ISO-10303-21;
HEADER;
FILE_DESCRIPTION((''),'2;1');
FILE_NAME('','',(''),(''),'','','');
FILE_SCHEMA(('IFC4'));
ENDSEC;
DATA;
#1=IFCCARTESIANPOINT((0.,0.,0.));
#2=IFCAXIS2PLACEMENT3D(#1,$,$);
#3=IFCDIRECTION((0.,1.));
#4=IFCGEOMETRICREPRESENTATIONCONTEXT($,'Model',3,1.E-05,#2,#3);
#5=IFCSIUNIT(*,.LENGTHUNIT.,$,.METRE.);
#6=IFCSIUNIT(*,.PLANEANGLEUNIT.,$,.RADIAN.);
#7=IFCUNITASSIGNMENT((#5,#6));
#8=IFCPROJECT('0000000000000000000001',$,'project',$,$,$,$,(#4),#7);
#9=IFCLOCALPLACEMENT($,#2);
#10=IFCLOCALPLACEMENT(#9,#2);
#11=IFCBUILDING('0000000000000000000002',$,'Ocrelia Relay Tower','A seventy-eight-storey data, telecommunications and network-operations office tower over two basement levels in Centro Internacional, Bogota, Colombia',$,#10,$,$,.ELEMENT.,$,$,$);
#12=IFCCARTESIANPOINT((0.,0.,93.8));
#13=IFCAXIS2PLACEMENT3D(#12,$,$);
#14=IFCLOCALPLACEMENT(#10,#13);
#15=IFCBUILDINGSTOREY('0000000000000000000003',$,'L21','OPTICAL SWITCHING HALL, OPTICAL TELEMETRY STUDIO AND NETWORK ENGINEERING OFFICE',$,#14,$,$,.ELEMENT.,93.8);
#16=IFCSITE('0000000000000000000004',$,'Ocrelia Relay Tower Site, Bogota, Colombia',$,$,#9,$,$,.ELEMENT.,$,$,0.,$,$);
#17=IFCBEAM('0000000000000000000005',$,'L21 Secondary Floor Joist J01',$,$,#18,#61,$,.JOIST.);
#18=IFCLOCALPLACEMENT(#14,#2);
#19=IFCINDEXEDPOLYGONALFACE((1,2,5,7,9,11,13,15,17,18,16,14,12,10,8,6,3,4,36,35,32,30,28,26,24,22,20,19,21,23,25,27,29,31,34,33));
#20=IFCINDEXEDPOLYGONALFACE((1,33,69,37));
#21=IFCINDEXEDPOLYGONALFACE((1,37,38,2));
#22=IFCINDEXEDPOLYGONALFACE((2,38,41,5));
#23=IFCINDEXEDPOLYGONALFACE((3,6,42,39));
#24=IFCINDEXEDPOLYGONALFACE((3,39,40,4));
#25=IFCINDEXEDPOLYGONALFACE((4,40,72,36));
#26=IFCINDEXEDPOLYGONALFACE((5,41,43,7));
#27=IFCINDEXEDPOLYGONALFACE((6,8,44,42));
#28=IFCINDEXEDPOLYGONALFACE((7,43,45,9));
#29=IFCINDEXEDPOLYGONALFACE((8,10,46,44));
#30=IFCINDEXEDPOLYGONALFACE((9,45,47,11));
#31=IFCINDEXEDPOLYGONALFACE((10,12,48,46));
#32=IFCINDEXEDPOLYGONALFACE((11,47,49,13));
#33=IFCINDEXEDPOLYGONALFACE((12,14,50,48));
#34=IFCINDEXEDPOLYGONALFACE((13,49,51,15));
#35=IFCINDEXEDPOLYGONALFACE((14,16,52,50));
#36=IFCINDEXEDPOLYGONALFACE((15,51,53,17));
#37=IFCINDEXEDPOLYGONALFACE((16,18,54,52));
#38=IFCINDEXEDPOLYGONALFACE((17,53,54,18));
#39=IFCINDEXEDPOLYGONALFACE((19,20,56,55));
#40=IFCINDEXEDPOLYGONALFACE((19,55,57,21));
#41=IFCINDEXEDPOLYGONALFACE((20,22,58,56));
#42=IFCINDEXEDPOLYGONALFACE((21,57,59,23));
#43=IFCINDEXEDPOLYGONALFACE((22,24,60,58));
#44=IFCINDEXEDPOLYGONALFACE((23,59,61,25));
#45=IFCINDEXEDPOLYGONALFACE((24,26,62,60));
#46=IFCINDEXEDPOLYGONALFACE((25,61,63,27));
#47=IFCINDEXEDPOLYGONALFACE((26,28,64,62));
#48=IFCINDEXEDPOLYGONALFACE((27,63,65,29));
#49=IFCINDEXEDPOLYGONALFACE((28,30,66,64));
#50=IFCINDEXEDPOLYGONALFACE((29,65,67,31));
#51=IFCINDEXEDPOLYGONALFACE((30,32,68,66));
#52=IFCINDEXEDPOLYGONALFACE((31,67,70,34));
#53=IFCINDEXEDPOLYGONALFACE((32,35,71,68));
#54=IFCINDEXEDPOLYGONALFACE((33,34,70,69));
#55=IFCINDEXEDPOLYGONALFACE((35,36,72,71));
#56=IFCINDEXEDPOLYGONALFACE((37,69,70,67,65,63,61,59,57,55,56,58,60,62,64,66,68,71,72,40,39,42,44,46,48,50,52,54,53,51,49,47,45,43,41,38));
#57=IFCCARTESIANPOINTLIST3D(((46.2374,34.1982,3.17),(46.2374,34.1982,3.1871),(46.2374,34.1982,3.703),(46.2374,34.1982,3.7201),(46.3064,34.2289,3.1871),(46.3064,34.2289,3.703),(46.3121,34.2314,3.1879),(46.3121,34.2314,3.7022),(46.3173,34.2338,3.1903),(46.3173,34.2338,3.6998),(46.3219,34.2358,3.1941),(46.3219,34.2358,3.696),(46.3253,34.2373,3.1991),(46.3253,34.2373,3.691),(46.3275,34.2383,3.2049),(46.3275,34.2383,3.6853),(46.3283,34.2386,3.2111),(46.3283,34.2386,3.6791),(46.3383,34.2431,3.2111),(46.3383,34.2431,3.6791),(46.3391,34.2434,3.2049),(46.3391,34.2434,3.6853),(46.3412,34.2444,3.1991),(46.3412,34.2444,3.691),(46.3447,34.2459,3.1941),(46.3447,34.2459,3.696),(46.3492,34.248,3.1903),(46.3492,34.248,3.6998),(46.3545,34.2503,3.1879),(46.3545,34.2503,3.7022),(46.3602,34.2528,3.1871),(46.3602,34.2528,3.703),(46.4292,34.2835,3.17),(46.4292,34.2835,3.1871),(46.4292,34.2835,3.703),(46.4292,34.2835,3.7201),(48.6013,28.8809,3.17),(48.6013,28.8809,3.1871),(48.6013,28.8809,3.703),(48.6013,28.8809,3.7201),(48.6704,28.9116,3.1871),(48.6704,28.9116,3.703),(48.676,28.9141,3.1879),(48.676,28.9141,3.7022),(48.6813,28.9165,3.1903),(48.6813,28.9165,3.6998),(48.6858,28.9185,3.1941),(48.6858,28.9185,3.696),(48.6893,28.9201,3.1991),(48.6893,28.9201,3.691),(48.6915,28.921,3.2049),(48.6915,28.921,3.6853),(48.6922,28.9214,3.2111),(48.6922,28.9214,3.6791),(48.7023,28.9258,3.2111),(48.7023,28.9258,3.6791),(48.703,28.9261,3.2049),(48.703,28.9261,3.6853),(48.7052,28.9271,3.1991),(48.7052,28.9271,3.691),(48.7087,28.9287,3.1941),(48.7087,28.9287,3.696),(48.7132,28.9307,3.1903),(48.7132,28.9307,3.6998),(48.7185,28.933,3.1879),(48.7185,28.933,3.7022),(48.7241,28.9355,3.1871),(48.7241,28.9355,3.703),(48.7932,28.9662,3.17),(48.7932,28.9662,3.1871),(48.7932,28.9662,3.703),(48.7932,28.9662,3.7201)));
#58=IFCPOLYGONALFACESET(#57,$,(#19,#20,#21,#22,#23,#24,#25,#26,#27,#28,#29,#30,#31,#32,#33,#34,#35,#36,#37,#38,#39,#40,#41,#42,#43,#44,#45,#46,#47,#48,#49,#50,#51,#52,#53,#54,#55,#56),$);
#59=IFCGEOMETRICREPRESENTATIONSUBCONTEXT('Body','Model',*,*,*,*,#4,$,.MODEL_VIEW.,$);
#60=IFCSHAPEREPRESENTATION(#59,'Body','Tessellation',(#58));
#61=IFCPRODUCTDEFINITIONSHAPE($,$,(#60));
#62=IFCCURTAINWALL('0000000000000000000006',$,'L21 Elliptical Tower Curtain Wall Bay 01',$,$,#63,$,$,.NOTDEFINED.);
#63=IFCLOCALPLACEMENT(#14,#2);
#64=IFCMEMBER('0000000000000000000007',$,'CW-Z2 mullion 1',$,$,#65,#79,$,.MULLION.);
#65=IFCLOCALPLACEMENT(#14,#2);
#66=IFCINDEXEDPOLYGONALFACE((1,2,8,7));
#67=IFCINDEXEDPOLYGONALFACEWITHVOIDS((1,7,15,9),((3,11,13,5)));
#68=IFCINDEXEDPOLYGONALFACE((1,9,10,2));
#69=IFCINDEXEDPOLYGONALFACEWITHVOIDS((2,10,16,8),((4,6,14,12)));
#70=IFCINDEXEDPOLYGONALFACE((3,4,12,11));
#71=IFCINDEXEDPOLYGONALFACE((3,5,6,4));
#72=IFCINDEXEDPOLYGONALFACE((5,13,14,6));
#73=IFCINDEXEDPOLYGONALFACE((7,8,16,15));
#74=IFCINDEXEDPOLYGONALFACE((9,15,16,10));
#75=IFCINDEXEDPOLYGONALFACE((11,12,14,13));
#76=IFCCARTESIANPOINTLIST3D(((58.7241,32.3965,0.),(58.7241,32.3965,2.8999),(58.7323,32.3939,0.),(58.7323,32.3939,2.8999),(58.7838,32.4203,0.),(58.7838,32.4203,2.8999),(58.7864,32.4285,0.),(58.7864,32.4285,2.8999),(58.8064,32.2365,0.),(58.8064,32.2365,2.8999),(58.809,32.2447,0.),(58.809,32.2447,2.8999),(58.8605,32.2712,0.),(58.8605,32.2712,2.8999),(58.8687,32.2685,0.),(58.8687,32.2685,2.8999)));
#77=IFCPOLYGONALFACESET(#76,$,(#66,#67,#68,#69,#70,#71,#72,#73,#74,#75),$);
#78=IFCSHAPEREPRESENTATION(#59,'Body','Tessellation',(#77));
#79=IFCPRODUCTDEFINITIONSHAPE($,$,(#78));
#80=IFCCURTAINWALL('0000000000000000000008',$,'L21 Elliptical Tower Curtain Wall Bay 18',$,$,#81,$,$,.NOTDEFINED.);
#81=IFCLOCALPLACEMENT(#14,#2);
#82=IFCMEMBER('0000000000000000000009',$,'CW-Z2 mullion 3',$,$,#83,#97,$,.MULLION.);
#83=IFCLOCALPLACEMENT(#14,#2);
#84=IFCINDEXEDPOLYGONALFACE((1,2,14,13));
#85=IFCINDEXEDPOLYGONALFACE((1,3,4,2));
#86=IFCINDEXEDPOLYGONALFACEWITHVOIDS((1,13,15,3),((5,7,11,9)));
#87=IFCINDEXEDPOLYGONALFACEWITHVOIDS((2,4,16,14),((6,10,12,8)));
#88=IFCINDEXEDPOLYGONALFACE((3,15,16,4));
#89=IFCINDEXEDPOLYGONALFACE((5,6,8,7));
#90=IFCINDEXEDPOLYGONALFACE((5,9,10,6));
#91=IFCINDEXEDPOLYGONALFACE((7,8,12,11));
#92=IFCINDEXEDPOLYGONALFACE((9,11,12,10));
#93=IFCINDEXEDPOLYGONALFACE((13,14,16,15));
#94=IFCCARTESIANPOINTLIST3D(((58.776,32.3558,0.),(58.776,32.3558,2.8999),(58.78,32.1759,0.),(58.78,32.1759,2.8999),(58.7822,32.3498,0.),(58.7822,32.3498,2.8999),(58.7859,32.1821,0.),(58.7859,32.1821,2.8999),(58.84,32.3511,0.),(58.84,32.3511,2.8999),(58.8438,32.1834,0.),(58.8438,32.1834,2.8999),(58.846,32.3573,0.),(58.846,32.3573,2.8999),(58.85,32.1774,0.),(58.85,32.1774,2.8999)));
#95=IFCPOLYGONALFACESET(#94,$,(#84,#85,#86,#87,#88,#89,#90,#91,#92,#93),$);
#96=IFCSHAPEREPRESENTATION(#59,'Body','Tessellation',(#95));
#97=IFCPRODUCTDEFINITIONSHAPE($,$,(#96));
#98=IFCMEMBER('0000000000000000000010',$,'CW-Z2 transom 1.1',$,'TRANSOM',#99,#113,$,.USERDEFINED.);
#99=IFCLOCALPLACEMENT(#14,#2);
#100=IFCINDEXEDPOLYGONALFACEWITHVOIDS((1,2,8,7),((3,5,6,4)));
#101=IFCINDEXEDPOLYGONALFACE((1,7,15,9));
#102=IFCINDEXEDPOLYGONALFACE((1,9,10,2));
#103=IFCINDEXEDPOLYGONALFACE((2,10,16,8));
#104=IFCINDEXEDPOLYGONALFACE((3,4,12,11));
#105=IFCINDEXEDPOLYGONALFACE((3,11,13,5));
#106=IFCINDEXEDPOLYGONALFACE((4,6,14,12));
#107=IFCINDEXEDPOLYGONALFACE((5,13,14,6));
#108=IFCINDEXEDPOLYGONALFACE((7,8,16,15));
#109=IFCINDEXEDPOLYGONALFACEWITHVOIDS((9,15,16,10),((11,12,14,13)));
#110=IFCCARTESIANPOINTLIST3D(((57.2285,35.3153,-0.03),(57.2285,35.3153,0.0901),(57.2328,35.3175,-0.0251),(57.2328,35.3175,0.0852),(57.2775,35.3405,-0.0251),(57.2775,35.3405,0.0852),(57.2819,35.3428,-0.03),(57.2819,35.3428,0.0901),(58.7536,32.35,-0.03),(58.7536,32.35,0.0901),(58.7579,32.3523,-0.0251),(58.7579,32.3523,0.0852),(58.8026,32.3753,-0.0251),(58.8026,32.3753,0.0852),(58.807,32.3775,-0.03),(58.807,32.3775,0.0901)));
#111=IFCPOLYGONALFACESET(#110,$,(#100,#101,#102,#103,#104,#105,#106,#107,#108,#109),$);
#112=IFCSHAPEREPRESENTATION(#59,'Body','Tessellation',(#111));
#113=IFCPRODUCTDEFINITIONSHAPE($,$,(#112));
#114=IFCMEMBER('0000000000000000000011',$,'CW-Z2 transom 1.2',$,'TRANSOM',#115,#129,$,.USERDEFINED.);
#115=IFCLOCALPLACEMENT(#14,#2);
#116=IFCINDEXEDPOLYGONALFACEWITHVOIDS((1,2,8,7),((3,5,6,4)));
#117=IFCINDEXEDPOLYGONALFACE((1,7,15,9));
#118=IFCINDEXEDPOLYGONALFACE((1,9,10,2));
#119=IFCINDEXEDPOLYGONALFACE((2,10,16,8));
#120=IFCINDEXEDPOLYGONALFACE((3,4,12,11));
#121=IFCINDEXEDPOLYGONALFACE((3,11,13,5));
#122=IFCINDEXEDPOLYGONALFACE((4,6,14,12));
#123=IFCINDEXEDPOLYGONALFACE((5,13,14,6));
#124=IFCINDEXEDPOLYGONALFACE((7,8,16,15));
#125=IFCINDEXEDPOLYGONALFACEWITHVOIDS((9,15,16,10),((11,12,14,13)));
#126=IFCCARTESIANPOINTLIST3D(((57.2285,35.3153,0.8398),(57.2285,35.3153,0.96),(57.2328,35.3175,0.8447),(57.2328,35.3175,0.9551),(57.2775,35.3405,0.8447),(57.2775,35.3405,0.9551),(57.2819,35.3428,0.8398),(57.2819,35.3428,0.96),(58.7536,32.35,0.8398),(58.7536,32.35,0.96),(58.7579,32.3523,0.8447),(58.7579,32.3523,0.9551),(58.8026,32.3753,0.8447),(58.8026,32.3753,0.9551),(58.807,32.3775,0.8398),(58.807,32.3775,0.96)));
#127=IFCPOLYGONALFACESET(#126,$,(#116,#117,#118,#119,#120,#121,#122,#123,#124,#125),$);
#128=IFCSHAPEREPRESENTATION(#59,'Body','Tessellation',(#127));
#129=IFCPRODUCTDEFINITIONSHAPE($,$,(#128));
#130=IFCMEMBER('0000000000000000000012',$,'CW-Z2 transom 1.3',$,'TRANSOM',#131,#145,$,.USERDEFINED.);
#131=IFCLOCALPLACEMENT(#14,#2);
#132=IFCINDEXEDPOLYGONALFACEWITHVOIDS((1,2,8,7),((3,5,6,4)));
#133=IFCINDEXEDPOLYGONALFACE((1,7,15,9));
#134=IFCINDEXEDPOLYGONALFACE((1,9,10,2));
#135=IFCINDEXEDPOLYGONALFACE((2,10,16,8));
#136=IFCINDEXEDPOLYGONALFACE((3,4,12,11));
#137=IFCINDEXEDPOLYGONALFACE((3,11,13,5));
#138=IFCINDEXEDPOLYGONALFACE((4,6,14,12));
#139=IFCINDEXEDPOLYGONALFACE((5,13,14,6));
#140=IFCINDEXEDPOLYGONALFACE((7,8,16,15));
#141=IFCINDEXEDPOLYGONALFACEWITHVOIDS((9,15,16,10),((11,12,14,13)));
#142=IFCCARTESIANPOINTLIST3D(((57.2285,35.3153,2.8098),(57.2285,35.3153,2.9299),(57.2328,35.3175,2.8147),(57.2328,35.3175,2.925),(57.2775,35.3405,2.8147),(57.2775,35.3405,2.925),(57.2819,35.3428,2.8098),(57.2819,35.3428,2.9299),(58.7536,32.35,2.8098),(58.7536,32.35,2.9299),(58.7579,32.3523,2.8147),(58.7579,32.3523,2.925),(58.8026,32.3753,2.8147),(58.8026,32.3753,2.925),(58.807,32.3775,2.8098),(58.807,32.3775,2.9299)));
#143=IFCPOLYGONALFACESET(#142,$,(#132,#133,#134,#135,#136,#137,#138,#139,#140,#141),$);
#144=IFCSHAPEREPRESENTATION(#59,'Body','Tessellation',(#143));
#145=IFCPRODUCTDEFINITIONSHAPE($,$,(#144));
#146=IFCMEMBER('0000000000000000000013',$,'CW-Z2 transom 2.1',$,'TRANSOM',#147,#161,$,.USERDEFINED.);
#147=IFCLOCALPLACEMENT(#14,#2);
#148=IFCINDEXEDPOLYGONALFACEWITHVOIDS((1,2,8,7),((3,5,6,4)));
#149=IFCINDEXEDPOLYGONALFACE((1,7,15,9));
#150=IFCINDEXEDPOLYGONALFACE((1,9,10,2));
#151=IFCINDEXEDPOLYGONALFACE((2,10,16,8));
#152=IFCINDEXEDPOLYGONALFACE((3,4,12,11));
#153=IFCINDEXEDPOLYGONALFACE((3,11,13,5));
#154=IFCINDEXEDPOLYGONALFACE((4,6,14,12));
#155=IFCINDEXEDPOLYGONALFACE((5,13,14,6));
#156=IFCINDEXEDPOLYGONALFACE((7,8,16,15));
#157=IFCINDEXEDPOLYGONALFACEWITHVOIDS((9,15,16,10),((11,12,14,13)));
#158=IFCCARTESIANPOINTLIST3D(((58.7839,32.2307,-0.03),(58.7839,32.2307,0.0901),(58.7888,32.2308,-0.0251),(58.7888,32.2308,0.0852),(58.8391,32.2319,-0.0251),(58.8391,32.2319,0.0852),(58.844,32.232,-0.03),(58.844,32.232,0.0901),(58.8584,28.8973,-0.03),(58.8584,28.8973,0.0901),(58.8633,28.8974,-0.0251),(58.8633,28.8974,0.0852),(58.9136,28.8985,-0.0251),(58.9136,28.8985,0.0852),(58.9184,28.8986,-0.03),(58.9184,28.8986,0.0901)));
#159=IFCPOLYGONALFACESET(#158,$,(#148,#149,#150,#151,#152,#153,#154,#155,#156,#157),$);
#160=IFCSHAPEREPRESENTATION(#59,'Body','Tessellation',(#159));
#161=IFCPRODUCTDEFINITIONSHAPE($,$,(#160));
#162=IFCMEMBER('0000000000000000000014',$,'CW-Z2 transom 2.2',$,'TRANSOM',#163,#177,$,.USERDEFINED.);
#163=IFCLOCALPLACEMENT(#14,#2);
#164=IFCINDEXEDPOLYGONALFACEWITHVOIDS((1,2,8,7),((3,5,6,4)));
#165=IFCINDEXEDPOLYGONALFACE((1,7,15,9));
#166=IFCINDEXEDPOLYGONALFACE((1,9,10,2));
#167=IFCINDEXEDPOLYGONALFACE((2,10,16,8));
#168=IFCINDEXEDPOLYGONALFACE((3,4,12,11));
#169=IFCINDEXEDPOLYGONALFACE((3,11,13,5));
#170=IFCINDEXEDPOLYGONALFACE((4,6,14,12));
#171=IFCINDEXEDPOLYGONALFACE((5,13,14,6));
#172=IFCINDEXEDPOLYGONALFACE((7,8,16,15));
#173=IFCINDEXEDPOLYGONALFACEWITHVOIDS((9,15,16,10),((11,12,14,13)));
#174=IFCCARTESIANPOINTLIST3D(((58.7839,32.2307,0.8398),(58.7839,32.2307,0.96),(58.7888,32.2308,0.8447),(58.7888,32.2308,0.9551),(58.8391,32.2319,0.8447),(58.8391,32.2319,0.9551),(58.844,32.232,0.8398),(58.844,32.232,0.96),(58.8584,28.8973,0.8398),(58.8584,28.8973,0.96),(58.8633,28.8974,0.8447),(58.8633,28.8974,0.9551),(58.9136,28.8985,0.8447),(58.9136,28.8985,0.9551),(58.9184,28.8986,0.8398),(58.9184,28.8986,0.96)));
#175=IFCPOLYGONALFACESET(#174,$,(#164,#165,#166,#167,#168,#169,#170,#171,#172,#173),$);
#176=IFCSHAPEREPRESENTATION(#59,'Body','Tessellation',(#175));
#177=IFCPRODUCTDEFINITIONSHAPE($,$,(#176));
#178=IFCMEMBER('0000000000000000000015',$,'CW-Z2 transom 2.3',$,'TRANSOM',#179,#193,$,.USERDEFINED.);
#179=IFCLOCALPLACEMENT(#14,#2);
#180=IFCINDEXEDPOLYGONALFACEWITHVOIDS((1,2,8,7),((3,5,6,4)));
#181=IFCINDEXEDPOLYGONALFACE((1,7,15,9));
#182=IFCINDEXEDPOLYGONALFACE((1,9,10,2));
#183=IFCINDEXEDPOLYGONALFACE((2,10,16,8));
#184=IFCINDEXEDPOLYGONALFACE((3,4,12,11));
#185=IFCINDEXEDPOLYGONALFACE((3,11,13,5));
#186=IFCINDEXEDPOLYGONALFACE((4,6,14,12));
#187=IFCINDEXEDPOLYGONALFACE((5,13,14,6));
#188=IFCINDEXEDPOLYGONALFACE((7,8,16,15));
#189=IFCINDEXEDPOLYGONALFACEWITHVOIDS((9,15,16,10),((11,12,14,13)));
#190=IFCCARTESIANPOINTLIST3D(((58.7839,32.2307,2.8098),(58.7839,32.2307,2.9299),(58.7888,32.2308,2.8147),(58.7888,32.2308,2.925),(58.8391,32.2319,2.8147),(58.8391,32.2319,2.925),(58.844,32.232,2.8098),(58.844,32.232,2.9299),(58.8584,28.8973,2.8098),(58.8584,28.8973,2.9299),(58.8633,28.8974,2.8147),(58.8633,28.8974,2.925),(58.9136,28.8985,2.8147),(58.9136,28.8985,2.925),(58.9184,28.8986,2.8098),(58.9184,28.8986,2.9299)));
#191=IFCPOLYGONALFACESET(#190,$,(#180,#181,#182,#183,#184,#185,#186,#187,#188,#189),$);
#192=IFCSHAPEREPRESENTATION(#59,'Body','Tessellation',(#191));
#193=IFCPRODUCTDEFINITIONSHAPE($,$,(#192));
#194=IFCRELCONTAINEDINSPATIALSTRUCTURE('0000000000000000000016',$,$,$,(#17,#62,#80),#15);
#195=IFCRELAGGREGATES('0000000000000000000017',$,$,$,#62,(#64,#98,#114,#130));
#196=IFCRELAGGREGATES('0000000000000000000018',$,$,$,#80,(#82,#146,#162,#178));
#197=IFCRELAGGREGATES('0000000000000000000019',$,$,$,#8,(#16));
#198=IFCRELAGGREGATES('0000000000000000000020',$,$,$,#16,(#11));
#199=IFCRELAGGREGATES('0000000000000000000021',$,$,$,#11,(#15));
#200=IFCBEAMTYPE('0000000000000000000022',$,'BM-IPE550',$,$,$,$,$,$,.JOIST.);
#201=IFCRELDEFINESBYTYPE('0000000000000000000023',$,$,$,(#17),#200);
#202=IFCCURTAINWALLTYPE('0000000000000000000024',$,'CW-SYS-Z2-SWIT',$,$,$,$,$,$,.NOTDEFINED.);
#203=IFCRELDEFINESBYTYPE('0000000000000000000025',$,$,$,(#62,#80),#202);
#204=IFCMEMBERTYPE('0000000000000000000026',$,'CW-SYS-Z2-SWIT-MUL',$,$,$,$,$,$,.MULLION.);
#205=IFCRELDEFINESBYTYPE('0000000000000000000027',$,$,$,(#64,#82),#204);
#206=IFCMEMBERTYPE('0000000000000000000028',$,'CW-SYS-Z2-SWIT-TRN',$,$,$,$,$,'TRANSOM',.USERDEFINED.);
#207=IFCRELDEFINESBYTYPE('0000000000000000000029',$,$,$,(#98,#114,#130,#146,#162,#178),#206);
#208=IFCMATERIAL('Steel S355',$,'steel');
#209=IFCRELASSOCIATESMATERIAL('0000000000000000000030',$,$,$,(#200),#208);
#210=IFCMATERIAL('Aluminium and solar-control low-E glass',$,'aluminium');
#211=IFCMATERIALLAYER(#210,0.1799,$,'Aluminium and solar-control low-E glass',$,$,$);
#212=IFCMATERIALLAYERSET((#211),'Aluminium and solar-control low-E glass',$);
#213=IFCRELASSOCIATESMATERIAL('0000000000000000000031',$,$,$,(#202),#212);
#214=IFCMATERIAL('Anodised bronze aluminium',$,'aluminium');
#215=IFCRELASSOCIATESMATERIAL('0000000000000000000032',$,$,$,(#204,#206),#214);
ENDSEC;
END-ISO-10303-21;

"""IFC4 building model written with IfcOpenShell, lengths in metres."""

from ifc_helpers import new_model, si_unit, direction, frame, origin, origin_2d, place, context, subcontext, project, spatial, hollow_rectangle, i_section, extrude, material, layer, layer_set, material_profile, profile_set, type_object, element, aggregate, save


model = new_model("IFC4")

# Units and contexts
model_context = context("Model", 3, precision=1e-05, world=origin(), true_north=direction((0.0, 1.0)))
body_context = subcontext(model_context, "Body", "Model", "MODEL_VIEW")
ifc_project = project(units=[si_unit("LENGTHUNIT", "METRE"), si_unit("PLANEANGLEUNIT", "RADIAN")], contexts=[model_context])

# Site, building, storey
site_placement = place(None, origin())
site = spatial("IfcSite", under=ifc_project, at=site_placement, Name="Ocrelia Relay Tower Site, Bogota, Colombia", CompositionType="ELEMENT", RefElevation=0.0)
building_placement = place(site_placement, origin())
building = spatial("IfcBuilding", under=site, at=building_placement, Name="Ocrelia Relay Tower", Description="A seventy-eight-storey data, telecommunications and network-operations office tower over two basement levels in Centro Internacional, Bogota, Colombia", CompositionType="ELEMENT")
storey_placement = place(building_placement, frame((0.0, 0.0, 93.8)))
storey = spatial("IfcBuildingStorey", under=building, at=storey_placement, Name="L21", Description="OPTICAL SWITCHING HALL, OPTICAL TELEMETRY STUDIO AND NETWORK ENGINEERING OFFICE", CompositionType="ELEMENT", Elevation=93.8)

# Beam
ifc_material_1 = material(Name="Steel S355", Category="steel")
ifc_material_profile_1 = material_profile(ifc_material_1, i_section(OverallWidth=0.21, OverallDepth=0.55, WebThickness=0.011, FlangeThickness=0.0171, FilletRadius=0.0239, at=origin_2d()), Name="IPE 550")
ifc_profile_set_1 = profile_set([ifc_material_profile_1], Name="Steel S355")
beam_type_1 = type_object("IfcBeamType", Name="BM-IPE550", PredefinedType="JOIST", material=ifc_profile_set_1)
beam_1_placement = place(storey_placement, frame((48.6973, 28.9236, 3.4451), z_axis=(-0.406244, 0.913765, 0.0), x_axis=(-0.913765, -0.406244, 0.0)))
element("IfcBeam", 1, at=beam_1_placement, inside=storey, type_object=beam_type_1, Name="L21 Secondary Floor Joist J01", PredefinedType="JOIST", context=body_context, shape_type="SweptSolid", body=[
    extrude(i_section(OverallWidth=0.21, OverallDepth=0.55, WebThickness=0.011, FlangeThickness=0.0171, FilletRadius=0.0239, at=origin_2d()), origin(), (0.0, 0.0, 1.0), 5.8191),
])

# Curtain walls, members
ifc_material_2 = material(Name="Aluminium and solar-control low-E glass", Category="aluminium")
ifc_layer_1 = layer(ifc_material_2, 0.1799, Name="Aluminium and solar-control low-E glass")
ifc_layer_set_1 = layer_set([ifc_layer_1], Name="Aluminium and solar-control low-E glass")
curtain_wall_type = type_object("IfcCurtainWallType", Name="CW-SYS-Z2-SWIT", PredefinedType="NOTDEFINED", material=ifc_layer_set_1)
curtain_wall_1_placement = place(storey_placement, origin())
curtain_wall_1 = element("IfcCurtainWall", 2, at=curtain_wall_1_placement, inside=storey, type_object=curtain_wall_type, Name="L21 Elliptical Tower Curtain Wall Bay 01", PredefinedType="NOTDEFINED")
ifc_material_3 = material(Name="Anodised bronze aluminium", Category="aluminium")
ifc_material_profile_2 = material_profile(ifc_material_3, hollow_rectangle(XDim=0.0701, YDim=0.1799, WallThickness=0.0061, at=origin_2d()), Name="CW-MUL-180x70")
ifc_profile_set_2 = profile_set([ifc_material_profile_2], Name="Anodised bronze aluminium")
member_type_1 = type_object("IfcMemberType", Name="CW-SYS-Z2-SWIT-MUL", PredefinedType="MULLION", material=ifc_profile_set_2)
member_1_placement = place(storey_placement, frame((58.7964, 32.3325, 0.0), z_axis=(0.0, 0.0, 1.0), x_axis=(-0.889261, -0.457401, 0.0)))
member_1 = element("IfcMember", 3, at=member_1_placement, type_object=member_type_1, Name="CW-Z2 mullion 1", PredefinedType="MULLION", context=body_context, shape_type="SweptSolid", body=[
    extrude(hollow_rectangle(XDim=0.0701, YDim=0.1799, WallThickness=0.0061, at=origin_2d()), origin(), (0.0, 0.0, 1.0), 2.8999),
])
curtain_wall_2_placement = place(storey_placement, origin())
curtain_wall_2 = element("IfcCurtainWall", 4, at=curtain_wall_2_placement, inside=storey, type_object=curtain_wall_type, Name="L21 Elliptical Tower Curtain Wall Bay 18", PredefinedType="NOTDEFINED")
member_2_placement = place(storey_placement, frame((58.813, 32.2666, 0.0), z_axis=(0.0, 0.0, 1.0), x_axis=(-0.99975, -0.022358, 0.0)))
member_2 = element("IfcMember", 5, at=member_2_placement, type_object=member_type_1, Name="CW-Z2 mullion 3", PredefinedType="MULLION", context=body_context, shape_type="SweptSolid", body=[
    extrude(hollow_rectangle(XDim=0.0701, YDim=0.1799, WallThickness=0.0061, at=origin_2d()), origin(), (0.0, 0.0, 1.0), 2.8999),
])

# Members
ifc_material_profile_3 = material_profile(ifc_material_3, hollow_rectangle(XDim=0.0601, YDim=0.1201, WallThickness=0.0049, at=origin_2d()), Name="CW-TRN-120x60")
ifc_profile_set_3 = profile_set([ifc_material_profile_3], Name="Anodised bronze aluminium")
member_type_2 = type_object("IfcMemberType", Name="CW-SYS-Z2-SWIT-TRN", ElementType="TRANSOM", PredefinedType="USERDEFINED", material=ifc_profile_set_3)
member_3_placement = place(storey_placement, frame((58.7803, 32.3638, 0.03), z_axis=(-0.457376, 0.889273, 0.0), x_axis=(-0.889273, -0.457376, 0.0)))
member_3 = element("IfcMember", 6, at=member_3_placement, type_object=member_type_2, Name="CW-Z2 transom 1.1", ObjectType="TRANSOM", PredefinedType="USERDEFINED", context=body_context, shape_type="SweptSolid", body=[
    extrude(hollow_rectangle(XDim=0.0601, YDim=0.1201, WallThickness=0.0049, at=origin_2d()), origin(), (0.0, 0.0, 1.0), 3.3345),
])
member_4_placement = place(storey_placement, frame((58.7803, 32.3638, 0.8999), z_axis=(-0.457376, 0.889273, 0.0), x_axis=(-0.889273, -0.457376, 0.0)))
member_4 = element("IfcMember", 7, at=member_4_placement, type_object=member_type_2, Name="CW-Z2 transom 1.2", ObjectType="TRANSOM", PredefinedType="USERDEFINED", context=body_context, shape_type="SweptSolid", body=[
    extrude(hollow_rectangle(XDim=0.0601, YDim=0.1201, WallThickness=0.0049, at=origin_2d()), origin(), (0.0, 0.0, 1.0), 3.3345),
])
member_5_placement = place(storey_placement, frame((58.7803, 32.3638, 2.8699), z_axis=(-0.457376, 0.889273, 0.0), x_axis=(-0.889273, -0.457376, 0.0)))
member_5 = element("IfcMember", 8, at=member_5_placement, type_object=member_type_2, Name="CW-Z2 transom 1.3", ObjectType="TRANSOM", PredefinedType="USERDEFINED", context=body_context, shape_type="SweptSolid", body=[
    extrude(hollow_rectangle(XDim=0.0601, YDim=0.1201, WallThickness=0.0049, at=origin_2d()), origin(), (0.0, 0.0, 1.0), 3.3345),
])
member_6_placement = place(storey_placement, frame((58.8884, 28.8979, 0.03), z_axis=(-0.022332, 0.999751, 0.0), x_axis=(-0.999751, -0.022332, 0.0)))
member_6 = element("IfcMember", 9, at=member_6_placement, type_object=member_type_2, Name="CW-Z2 transom 2.1", ObjectType="TRANSOM", PredefinedType="USERDEFINED", context=body_context, shape_type="SweptSolid", body=[
    extrude(hollow_rectangle(XDim=0.0601, YDim=0.1201, WallThickness=0.0049, at=origin_2d()), origin(), (0.0, 0.0, 1.0), 3.3342),
])
member_7_placement = place(storey_placement, frame((58.8884, 28.8979, 0.8999), z_axis=(-0.022332, 0.999751, 0.0), x_axis=(-0.999751, -0.022332, 0.0)))
member_7 = element("IfcMember", 10, at=member_7_placement, type_object=member_type_2, Name="CW-Z2 transom 2.2", ObjectType="TRANSOM", PredefinedType="USERDEFINED", context=body_context, shape_type="SweptSolid", body=[
    extrude(hollow_rectangle(XDim=0.0601, YDim=0.1201, WallThickness=0.0049, at=origin_2d()), origin(), (0.0, 0.0, 1.0), 3.3342),
])
member_8_placement = place(storey_placement, frame((58.8884, 28.8979, 2.8699), z_axis=(-0.022332, 0.999751, 0.0), x_axis=(-0.999751, -0.022332, 0.0)))
member_8 = element("IfcMember", 11, at=member_8_placement, type_object=member_type_2, Name="CW-Z2 transom 2.3", ObjectType="TRANSOM", PredefinedType="USERDEFINED", context=body_context, shape_type="SweptSolid", body=[
    extrude(hollow_rectangle(XDim=0.0601, YDim=0.1201, WallThickness=0.0049, at=origin_2d()), origin(), (0.0, 0.0, 1.0), 3.3342),
])

aggregate(curtain_wall_1, [member_1, member_3, member_4, member_5])
aggregate(curtain_wall_2, [member_2, member_6, member_7, member_8])

save(model, "model.ifc")
